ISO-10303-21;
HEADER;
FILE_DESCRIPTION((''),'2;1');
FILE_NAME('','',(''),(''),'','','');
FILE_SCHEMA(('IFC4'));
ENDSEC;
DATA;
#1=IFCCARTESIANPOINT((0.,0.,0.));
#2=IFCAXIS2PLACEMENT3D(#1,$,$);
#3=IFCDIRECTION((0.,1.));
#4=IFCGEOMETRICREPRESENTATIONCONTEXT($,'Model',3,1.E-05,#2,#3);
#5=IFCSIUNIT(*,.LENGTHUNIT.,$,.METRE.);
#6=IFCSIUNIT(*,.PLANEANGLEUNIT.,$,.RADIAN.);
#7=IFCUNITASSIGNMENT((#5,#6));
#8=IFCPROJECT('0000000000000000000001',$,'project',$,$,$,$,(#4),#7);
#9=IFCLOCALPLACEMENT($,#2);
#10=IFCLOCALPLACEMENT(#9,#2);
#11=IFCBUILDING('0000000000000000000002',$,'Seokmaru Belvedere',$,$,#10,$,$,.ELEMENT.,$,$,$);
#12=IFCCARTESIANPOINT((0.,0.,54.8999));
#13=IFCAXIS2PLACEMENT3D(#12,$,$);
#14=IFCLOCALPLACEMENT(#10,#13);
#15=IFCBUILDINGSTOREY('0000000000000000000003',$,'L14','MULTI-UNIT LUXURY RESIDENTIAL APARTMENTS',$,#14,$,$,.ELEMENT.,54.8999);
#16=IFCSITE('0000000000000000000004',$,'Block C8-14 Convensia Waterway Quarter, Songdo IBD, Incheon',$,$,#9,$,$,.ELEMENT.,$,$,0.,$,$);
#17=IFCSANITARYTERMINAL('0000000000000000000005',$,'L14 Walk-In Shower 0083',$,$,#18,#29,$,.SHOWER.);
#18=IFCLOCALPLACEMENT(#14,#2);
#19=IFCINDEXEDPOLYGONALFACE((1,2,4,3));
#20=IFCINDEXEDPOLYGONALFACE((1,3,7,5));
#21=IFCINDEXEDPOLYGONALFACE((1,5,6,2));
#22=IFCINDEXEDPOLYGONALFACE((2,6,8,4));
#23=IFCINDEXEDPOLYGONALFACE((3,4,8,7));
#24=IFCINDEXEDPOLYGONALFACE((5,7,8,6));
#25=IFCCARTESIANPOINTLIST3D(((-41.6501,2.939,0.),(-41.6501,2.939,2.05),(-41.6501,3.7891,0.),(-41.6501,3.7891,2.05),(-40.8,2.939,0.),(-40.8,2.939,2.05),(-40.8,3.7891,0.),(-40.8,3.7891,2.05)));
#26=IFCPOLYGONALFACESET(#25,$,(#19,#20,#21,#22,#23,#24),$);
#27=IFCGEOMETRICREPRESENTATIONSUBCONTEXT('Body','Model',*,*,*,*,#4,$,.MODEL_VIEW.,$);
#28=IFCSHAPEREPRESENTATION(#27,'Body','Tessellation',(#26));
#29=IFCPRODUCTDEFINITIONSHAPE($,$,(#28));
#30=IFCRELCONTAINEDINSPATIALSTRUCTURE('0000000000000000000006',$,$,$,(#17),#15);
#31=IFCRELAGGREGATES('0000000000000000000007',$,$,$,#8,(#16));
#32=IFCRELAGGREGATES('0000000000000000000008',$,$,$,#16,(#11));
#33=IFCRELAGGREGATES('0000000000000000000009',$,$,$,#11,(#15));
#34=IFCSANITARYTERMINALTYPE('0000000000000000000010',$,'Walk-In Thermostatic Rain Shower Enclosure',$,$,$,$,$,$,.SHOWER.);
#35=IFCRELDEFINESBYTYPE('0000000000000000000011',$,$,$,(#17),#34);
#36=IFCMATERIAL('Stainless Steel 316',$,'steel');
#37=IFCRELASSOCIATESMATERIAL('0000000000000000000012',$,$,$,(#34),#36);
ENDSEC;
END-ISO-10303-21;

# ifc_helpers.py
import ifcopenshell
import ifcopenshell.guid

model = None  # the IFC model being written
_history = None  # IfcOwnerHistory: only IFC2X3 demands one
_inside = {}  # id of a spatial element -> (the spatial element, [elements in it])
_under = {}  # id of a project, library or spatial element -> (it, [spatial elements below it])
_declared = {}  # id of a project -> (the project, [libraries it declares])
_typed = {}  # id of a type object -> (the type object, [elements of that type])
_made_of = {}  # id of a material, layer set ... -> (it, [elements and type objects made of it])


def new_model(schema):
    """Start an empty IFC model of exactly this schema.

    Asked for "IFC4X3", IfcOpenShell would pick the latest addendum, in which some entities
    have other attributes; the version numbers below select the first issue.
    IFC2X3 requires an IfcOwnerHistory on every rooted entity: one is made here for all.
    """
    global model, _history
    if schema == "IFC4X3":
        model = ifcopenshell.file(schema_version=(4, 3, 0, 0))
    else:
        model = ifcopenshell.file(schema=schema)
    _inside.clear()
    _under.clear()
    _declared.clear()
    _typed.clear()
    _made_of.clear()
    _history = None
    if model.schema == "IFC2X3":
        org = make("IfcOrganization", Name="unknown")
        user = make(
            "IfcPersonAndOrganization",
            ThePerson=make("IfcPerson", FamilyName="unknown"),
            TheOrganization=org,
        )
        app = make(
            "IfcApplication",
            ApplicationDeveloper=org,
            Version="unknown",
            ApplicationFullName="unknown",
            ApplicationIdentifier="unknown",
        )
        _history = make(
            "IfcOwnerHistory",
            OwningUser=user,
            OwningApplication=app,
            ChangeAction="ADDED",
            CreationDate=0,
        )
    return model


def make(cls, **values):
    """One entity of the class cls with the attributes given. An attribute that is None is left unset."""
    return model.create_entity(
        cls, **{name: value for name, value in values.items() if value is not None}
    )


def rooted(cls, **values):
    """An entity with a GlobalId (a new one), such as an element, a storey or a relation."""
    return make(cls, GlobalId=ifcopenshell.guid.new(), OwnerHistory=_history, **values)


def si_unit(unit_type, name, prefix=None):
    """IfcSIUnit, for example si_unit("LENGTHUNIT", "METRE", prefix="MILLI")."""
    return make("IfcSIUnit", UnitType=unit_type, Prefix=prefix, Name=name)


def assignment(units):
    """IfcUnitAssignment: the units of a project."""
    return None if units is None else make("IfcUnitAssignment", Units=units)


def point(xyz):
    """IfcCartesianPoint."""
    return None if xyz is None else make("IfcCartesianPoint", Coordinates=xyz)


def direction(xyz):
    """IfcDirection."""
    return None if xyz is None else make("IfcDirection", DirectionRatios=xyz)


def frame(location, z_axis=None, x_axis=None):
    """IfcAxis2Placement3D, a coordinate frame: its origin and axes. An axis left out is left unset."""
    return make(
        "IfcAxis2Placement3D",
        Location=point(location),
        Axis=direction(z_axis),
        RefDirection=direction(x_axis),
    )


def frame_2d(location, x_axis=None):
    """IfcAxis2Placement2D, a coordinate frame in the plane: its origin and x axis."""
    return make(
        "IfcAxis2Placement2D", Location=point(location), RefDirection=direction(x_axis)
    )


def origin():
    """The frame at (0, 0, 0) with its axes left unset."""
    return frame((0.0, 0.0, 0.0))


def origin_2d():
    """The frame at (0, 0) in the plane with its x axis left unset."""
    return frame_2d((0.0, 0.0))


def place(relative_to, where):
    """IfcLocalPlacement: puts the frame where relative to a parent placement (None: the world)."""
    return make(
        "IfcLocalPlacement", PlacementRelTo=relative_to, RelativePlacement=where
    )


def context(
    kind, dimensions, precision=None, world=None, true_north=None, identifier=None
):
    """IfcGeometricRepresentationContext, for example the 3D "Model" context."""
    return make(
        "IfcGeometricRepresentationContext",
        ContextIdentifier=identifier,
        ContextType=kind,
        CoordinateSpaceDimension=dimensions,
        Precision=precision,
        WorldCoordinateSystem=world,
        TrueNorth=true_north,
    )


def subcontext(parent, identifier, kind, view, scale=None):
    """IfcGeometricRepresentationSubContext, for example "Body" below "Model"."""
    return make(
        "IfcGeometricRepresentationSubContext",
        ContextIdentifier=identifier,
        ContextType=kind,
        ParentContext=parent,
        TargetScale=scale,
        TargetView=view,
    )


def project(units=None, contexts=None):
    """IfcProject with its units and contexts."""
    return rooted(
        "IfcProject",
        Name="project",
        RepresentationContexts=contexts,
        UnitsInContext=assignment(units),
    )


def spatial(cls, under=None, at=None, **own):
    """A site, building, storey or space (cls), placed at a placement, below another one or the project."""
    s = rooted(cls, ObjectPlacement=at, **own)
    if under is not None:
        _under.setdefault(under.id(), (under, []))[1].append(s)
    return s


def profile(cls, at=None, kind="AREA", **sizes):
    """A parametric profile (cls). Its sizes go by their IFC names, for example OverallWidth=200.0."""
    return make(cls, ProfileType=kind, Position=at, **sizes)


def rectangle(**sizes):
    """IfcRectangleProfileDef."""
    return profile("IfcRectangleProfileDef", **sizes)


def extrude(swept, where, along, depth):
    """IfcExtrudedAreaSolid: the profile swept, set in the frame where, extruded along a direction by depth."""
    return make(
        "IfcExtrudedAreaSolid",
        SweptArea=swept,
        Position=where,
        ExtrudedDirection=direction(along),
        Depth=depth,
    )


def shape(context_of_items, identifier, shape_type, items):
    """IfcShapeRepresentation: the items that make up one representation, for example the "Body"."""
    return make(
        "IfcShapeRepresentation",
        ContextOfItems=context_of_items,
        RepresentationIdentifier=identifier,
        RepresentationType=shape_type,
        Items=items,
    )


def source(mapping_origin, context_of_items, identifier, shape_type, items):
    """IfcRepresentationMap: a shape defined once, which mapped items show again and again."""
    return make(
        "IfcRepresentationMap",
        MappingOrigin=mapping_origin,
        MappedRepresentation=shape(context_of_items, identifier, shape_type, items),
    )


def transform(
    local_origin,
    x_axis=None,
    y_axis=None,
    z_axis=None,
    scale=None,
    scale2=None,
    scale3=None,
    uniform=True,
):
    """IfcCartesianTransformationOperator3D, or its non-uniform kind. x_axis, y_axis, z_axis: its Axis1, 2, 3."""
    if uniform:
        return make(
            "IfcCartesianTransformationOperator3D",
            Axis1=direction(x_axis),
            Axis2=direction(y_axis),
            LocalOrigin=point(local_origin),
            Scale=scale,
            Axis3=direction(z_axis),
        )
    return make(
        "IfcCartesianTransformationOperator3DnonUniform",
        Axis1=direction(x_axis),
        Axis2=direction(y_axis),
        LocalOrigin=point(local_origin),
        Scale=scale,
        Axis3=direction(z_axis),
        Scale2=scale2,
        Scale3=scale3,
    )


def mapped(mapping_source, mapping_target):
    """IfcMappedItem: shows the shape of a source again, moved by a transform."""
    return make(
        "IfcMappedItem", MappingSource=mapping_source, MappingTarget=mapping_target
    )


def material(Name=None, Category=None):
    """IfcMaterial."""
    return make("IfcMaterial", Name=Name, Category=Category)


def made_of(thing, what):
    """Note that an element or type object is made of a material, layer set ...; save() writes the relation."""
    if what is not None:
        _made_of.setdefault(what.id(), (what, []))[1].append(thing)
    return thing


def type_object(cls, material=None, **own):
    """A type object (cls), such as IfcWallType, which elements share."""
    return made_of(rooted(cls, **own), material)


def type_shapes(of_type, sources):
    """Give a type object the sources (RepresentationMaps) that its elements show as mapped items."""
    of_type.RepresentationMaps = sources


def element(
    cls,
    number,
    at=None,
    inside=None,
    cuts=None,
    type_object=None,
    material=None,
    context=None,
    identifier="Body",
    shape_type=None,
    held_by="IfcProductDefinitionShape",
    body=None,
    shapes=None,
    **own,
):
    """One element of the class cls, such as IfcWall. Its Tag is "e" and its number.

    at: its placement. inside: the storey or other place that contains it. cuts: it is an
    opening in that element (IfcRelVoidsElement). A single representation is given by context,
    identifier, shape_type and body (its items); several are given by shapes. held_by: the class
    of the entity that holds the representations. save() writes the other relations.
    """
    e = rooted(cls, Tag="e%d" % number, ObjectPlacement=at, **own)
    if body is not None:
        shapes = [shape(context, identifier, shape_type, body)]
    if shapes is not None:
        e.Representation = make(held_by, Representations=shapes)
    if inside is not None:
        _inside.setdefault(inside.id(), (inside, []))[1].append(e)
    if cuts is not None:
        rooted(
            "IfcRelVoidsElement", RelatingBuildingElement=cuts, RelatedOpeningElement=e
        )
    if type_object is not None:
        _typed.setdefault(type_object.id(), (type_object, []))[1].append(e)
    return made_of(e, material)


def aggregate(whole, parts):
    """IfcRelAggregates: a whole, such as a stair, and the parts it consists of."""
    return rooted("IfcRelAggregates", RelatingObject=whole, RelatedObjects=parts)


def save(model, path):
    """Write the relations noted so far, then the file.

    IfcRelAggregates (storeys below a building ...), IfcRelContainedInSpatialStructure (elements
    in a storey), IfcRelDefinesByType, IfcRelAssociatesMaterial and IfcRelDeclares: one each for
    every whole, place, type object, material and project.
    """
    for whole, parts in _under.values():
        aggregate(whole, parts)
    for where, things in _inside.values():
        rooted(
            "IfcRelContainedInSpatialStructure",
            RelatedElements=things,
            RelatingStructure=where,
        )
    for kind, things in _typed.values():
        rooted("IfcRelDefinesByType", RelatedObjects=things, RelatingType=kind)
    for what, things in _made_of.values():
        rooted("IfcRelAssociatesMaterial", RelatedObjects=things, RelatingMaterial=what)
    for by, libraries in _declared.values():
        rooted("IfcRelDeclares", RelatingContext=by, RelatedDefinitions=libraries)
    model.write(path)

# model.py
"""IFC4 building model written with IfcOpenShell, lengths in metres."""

from ifc_helpers import new_model, si_unit, direction, frame, origin, origin_2d, place, context, subcontext, project, spatial, rectangle, extrude, source, transform, mapped, material, type_object, type_shapes, element, save


model = new_model("IFC4")

# Units and contexts
model_context = context("Model", 3, precision=1e-05, world=origin(), true_north=direction((0.0, 1.0)))
body_context = subcontext(model_context, "Body", "Model", "MODEL_VIEW")
ifc_project = project(units=[si_unit("LENGTHUNIT", "METRE"), si_unit("PLANEANGLEUNIT", "RADIAN")], contexts=[model_context])

# Site, building, storey
site_placement = place(None, origin())
site = spatial("IfcSite", under=ifc_project, at=site_placement, Name="Block C8-14 Convensia Waterway Quarter, Songdo IBD, Incheon", CompositionType="ELEMENT", RefElevation=0.0)
building_placement = place(site_placement, origin())
building = spatial("IfcBuilding", under=site, at=building_placement, Name="Seokmaru Belvedere", CompositionType="ELEMENT")
storey_placement = place(building_placement, frame((0.0, 0.0, 54.8999)))
storey = spatial("IfcBuildingStorey", under=building, at=storey_placement, Name="L14", Description="MULTI-UNIT LUXURY RESIDENTIAL APARTMENTS", CompositionType="ELEMENT", Elevation=54.8999)

# Sanitary terminal
ifc_material_1 = material(Name="Stainless Steel 316", Category="steel")
sanitary_terminal_type_1 = type_object("IfcSanitaryTerminalType", Name="Walk-In Thermostatic Rain Shower Enclosure", PredefinedType="SHOWER", material=ifc_material_1)
shared_shape_1 = source(origin(), body_context, "Body", "SweptSolid", [
    extrude(rectangle(XDim=0.8501, YDim=0.8501, at=origin_2d()), origin(), (0.0, 0.0, 1.0), 2.05),
])
type_shapes(sanitary_terminal_type_1, [shared_shape_1])
sanitary_terminal_1_placement = place(storey_placement, frame((-41.2251, 3.364, 0.0), z_axis=(0.0, 0.0, 1.0), x_axis=(1.0, 0.0, 0.0)))
element("IfcSanitaryTerminal", 1, at=sanitary_terminal_1_placement, inside=storey, type_object=sanitary_terminal_type_1, Name="L14 Walk-In Shower 0083", PredefinedType="SHOWER", context=body_context, shape_type="MappedRepresentation", body=[
    mapped(shared_shape_1, transform((0.0, 0.0, 0.0), scale=1.0)),
])

save(model, "model.ifc")
